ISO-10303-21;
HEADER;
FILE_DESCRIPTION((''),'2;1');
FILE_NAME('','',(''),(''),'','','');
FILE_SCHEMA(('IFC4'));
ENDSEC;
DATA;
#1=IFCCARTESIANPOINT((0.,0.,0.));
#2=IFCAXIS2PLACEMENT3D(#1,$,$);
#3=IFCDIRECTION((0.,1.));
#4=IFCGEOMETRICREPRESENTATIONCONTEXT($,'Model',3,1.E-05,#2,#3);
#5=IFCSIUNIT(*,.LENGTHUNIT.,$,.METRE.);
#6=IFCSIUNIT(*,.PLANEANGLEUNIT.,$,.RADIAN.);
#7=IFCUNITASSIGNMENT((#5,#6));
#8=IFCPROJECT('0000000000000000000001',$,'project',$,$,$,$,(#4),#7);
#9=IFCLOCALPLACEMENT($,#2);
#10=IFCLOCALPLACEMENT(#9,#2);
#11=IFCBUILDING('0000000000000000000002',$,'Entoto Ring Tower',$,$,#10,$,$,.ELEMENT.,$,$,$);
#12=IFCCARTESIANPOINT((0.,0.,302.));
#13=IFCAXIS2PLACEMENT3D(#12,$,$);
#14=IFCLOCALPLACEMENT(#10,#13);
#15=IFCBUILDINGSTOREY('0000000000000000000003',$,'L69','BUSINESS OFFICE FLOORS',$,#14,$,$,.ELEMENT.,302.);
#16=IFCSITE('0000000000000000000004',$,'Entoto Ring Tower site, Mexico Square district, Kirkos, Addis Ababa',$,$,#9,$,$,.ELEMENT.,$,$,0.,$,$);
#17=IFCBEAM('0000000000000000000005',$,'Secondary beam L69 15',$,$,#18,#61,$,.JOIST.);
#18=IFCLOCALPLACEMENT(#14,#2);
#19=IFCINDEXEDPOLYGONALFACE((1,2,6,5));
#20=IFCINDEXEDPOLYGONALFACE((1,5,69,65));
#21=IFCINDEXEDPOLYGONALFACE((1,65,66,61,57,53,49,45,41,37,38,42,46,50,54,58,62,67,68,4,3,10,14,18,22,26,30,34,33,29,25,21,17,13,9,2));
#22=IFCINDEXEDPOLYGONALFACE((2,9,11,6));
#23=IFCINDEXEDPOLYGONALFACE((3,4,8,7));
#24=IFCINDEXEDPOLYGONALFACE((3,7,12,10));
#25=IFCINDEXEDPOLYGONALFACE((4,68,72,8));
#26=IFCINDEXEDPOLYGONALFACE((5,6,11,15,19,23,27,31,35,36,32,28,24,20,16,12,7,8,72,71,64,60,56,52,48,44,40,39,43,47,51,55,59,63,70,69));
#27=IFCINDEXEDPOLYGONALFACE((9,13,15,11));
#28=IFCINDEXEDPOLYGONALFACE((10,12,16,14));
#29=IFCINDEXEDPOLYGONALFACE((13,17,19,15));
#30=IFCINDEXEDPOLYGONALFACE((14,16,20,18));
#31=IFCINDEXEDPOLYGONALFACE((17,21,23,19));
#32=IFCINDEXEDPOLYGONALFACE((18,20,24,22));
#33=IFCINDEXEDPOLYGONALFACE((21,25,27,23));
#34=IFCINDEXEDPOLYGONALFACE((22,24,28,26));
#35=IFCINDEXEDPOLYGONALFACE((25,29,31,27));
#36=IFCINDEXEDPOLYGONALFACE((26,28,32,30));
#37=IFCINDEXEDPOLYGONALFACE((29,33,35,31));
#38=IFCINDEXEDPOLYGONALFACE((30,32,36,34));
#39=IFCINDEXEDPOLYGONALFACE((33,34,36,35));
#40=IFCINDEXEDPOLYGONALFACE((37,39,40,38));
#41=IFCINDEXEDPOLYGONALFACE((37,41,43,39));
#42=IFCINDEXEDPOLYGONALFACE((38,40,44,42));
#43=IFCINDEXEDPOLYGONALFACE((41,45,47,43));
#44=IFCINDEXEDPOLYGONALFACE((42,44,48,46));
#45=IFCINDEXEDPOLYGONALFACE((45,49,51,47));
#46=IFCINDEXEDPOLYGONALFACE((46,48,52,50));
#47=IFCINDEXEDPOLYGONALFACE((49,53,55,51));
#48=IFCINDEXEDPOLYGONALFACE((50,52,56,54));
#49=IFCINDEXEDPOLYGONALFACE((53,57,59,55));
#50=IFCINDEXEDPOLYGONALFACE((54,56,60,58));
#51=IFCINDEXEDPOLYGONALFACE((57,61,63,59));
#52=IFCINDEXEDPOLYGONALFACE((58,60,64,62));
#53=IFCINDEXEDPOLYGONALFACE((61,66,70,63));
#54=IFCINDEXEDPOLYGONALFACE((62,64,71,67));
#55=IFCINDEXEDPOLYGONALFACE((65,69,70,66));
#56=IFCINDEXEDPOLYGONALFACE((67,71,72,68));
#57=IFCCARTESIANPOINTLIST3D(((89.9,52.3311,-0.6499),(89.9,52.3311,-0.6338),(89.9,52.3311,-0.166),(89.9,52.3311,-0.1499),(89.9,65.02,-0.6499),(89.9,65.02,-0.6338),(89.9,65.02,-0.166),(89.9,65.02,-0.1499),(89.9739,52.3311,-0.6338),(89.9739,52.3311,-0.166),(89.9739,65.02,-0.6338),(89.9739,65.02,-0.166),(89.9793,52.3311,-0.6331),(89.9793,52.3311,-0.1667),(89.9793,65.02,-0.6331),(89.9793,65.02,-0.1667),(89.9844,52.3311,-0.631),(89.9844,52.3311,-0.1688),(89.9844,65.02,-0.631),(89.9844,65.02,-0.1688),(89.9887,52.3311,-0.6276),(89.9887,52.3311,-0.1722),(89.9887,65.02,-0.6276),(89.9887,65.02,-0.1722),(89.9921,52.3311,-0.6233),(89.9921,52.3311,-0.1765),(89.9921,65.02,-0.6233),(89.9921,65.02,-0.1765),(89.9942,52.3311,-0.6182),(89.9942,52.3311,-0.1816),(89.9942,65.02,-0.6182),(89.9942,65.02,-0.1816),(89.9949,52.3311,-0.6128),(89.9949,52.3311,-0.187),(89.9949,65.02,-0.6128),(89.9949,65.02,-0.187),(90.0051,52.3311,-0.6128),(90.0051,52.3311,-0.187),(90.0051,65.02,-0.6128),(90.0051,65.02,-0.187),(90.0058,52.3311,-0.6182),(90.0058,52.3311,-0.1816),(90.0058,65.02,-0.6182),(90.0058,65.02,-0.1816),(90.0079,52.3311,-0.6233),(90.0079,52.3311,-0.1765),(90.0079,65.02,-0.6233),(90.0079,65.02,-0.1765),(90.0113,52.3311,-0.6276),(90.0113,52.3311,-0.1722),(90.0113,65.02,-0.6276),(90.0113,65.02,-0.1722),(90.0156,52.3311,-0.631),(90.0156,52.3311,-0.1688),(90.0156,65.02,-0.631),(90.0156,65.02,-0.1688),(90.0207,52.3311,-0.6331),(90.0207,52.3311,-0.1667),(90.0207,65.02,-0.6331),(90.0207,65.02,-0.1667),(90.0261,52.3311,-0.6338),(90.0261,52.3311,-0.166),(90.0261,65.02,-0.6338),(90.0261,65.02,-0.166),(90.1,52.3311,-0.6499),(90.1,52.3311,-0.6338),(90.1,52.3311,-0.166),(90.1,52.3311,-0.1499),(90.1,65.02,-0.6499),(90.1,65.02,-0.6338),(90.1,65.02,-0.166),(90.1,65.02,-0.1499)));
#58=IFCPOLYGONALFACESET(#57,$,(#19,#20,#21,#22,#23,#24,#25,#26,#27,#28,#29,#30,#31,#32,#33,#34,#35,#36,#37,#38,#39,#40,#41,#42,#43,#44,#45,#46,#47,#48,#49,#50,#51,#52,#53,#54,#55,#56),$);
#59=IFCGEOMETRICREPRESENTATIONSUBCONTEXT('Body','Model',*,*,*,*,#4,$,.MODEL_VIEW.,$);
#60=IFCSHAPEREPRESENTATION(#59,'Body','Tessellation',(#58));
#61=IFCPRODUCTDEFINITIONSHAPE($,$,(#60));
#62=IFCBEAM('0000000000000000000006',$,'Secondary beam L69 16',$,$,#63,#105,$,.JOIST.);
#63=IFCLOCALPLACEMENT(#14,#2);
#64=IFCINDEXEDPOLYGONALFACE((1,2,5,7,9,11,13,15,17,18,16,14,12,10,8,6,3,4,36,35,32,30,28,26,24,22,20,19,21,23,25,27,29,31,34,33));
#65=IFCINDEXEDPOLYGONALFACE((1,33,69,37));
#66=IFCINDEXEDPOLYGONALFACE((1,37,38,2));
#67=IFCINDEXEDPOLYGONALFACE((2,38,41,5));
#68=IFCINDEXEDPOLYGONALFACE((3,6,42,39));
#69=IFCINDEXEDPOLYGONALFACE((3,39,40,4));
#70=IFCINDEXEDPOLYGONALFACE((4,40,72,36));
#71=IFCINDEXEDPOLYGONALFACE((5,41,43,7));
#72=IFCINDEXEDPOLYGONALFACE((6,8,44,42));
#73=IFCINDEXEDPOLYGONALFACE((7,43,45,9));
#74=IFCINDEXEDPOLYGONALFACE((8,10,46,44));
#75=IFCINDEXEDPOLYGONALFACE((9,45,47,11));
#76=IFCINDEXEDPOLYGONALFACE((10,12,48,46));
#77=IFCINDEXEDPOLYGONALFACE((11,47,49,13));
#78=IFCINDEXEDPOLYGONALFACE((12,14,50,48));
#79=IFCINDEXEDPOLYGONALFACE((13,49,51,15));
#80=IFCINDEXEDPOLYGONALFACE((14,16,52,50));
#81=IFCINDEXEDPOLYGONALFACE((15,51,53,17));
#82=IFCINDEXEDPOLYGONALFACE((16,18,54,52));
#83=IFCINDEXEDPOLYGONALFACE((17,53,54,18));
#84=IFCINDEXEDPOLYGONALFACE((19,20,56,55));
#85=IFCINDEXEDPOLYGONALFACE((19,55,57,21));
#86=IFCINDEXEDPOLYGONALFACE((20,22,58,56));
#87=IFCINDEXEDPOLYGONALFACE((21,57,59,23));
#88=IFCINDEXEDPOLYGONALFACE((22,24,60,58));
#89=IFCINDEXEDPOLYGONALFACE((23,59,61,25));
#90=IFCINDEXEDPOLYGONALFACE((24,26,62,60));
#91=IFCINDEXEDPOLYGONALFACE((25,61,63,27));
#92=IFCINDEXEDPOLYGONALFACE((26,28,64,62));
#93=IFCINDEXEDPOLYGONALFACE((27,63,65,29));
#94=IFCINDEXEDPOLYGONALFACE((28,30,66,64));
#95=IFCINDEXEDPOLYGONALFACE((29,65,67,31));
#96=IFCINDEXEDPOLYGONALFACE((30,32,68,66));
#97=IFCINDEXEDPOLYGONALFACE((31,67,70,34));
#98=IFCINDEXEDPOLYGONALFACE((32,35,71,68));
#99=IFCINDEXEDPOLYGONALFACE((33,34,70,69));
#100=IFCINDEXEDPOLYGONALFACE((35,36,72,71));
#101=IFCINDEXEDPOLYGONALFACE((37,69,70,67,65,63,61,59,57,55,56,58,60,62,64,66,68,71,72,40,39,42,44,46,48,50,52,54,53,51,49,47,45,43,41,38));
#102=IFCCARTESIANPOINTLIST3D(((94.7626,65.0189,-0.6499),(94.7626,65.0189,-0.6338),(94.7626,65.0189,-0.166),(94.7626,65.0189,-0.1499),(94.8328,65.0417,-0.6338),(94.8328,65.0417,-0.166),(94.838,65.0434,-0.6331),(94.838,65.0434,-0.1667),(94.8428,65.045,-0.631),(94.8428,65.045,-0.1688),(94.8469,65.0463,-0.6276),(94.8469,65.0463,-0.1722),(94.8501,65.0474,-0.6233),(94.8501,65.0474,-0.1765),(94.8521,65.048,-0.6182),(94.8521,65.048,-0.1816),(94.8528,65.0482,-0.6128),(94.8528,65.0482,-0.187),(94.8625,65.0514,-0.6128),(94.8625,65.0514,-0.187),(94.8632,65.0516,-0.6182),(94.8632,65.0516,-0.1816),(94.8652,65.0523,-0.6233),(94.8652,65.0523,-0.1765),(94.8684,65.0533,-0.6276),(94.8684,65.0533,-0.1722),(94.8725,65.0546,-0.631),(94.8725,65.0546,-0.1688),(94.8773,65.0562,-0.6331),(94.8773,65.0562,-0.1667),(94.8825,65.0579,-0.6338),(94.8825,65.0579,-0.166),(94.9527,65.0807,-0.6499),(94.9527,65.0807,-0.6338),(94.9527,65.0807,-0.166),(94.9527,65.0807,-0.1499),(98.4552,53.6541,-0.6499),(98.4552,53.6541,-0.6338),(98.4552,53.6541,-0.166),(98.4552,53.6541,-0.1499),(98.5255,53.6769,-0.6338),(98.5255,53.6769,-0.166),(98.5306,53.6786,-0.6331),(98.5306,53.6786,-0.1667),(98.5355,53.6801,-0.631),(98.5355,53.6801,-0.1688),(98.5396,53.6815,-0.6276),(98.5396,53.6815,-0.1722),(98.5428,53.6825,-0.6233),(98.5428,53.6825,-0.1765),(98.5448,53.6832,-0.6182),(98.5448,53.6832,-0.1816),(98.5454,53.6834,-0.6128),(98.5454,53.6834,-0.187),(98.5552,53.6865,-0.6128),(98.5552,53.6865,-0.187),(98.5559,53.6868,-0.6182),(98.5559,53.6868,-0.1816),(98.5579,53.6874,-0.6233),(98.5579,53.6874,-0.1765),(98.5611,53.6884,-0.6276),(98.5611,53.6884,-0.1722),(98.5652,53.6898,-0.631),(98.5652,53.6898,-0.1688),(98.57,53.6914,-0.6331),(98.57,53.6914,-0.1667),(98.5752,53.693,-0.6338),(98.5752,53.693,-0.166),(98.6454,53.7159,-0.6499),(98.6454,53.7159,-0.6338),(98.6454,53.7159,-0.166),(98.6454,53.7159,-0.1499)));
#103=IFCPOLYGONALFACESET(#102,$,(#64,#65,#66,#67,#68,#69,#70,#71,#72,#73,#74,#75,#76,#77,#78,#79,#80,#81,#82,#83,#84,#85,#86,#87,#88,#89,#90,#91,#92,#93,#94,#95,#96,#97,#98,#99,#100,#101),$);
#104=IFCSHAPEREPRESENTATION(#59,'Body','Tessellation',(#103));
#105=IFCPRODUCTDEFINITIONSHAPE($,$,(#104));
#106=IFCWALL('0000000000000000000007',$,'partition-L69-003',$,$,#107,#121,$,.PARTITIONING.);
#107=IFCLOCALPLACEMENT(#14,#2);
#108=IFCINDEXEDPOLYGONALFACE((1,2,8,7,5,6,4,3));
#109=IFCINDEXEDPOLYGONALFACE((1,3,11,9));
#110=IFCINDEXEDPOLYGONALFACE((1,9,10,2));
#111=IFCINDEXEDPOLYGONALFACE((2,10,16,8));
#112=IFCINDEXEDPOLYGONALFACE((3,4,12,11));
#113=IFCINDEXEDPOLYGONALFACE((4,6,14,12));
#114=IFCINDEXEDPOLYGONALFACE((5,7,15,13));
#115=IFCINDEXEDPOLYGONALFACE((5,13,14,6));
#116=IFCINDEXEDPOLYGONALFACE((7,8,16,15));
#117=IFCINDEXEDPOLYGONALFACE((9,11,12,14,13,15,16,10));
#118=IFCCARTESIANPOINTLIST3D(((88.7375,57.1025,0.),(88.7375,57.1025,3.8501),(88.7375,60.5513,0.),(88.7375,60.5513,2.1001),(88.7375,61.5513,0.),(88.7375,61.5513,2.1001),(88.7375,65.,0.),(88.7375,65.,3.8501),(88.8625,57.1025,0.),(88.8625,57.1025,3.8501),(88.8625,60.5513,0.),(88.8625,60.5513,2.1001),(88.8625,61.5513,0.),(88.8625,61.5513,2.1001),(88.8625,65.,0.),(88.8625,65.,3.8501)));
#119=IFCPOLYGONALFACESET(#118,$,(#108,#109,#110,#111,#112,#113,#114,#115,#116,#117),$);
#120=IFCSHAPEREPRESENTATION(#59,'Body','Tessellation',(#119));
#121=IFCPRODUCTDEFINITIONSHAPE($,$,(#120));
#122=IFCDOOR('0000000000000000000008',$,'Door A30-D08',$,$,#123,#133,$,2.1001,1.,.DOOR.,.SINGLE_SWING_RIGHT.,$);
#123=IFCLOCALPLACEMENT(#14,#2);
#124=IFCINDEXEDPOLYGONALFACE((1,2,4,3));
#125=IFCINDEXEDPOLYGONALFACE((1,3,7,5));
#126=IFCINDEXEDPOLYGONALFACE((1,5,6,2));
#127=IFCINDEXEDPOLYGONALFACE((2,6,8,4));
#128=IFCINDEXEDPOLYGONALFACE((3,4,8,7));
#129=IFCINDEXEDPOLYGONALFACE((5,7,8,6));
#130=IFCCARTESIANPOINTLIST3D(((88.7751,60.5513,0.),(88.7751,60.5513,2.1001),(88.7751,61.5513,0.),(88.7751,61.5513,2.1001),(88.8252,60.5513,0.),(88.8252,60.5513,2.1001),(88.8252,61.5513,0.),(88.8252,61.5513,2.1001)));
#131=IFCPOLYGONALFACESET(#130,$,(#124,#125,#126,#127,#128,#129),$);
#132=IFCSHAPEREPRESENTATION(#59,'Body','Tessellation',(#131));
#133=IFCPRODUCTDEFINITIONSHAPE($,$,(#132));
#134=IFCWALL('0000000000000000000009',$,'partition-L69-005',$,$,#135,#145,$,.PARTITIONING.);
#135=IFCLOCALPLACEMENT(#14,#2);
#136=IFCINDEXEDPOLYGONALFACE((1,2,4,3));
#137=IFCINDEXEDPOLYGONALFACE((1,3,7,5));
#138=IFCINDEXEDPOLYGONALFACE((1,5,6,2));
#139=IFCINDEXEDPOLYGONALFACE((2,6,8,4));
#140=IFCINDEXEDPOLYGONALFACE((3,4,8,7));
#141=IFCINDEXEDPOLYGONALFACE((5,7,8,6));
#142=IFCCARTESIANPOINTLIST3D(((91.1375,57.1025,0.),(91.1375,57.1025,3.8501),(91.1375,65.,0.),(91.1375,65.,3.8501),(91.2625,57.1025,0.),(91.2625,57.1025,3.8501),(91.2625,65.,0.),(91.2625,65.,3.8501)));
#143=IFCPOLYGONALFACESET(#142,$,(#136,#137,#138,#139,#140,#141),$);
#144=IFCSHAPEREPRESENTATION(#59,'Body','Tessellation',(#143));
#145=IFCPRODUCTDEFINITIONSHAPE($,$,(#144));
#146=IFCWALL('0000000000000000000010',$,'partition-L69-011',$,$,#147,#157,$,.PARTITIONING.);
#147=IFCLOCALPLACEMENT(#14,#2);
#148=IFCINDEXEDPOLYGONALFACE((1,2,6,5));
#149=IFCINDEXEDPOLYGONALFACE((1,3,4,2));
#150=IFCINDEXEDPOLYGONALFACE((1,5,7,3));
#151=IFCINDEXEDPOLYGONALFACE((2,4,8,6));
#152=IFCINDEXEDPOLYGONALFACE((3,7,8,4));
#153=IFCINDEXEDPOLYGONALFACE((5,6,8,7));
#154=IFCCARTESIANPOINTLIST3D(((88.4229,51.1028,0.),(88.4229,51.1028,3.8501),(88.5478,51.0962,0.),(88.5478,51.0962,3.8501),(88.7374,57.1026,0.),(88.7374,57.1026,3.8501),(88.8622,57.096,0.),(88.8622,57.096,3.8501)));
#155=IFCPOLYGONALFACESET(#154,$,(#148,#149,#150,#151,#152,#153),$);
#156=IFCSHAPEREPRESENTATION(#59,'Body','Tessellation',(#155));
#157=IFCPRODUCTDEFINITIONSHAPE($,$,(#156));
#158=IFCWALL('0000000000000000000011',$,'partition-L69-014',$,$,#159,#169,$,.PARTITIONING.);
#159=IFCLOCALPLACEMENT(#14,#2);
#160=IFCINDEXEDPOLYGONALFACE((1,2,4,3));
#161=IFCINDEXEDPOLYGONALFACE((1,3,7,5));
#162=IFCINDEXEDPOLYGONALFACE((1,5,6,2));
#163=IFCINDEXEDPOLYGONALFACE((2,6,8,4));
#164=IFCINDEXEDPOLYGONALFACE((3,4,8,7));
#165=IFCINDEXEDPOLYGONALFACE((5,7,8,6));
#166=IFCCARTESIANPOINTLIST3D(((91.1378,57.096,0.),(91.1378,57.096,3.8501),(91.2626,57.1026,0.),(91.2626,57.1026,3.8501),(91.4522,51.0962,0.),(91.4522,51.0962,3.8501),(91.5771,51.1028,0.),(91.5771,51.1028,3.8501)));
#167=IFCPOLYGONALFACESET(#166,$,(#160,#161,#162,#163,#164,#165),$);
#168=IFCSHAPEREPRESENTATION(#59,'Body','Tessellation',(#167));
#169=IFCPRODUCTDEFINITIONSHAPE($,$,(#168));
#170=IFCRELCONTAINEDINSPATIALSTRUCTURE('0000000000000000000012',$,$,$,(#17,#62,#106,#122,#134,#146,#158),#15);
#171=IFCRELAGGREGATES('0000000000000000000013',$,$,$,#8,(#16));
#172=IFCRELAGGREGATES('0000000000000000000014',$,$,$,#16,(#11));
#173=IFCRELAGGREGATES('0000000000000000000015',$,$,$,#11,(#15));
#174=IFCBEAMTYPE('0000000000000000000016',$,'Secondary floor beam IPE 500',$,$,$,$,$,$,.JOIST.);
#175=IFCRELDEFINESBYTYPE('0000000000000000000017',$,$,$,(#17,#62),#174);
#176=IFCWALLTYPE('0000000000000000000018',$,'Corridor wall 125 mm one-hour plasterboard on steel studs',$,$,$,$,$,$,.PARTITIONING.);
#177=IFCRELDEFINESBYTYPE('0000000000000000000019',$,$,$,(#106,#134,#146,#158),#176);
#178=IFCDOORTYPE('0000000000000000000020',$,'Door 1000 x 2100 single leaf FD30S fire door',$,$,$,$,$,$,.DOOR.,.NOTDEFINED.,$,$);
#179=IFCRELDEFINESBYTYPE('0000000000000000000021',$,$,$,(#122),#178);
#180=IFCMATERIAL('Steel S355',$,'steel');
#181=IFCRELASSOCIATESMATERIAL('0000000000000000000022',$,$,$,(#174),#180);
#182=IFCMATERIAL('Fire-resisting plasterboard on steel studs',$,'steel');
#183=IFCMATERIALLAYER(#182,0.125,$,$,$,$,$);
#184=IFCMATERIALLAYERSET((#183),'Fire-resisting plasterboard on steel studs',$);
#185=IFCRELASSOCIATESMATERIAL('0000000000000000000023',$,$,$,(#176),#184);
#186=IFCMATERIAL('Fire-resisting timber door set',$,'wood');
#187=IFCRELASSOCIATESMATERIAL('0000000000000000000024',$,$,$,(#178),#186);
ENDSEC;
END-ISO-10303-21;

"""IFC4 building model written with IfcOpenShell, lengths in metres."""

from ifc_helpers import new_model, si_unit, direction, frame, frame_2d, origin, origin_2d, place, context, subcontext, project, spatial, rectangle, i_section, extrude, material, layer, layer_set, material_profile, profile_set, type_object, element, fill, save


model = new_model("IFC4")

# Units and contexts
model_context = context("Model", 3, precision=1e-05, world=origin(), true_north=direction((0.0, 1.0)))
body_context = subcontext(model_context, "Body", "Model", "MODEL_VIEW")
ifc_project = project(units=[si_unit("LENGTHUNIT", "METRE"), si_unit("PLANEANGLEUNIT", "RADIAN")], contexts=[model_context])

# Site, building, storey
site_placement = place(None, origin())
site = spatial("IfcSite", under=ifc_project, at=site_placement, Name="Entoto Ring Tower site, Mexico Square district, Kirkos, Addis Ababa", CompositionType="ELEMENT", RefElevation=0.0)
building_placement = place(site_placement, origin())
building = spatial("IfcBuilding", under=site, at=building_placement, Name="Entoto Ring Tower", CompositionType="ELEMENT")
storey_placement = place(building_placement, frame((0.0, 0.0, 302.0)))
storey = spatial("IfcBuildingStorey", under=building, at=storey_placement, Name="L69", Description="BUSINESS OFFICE FLOORS", CompositionType="ELEMENT", Elevation=302.0)

# Beams
ifc_material_1 = material(Name="Steel S355", Category="steel")
ifc_material_profile_1 = material_profile(ifc_material_1, i_section(OverallWidth=0.2, OverallDepth=0.5, WebThickness=0.0103, FlangeThickness=0.0161, FilletRadius=0.021, at=origin_2d()), Name="IPE 500")
ifc_profile_set_1 = profile_set([ifc_material_profile_1], Name="Steel S355")
beam_type_1 = type_object("IfcBeamType", Name="Secondary floor beam IPE 500", PredefinedType="JOIST", material=ifc_profile_set_1)
beam_1_placement = place(storey_placement, frame((90.0, 65.02, -0.3999), z_axis=(0.0, -1.0, 0.0), x_axis=(1.0, 0.0, 0.0)))
element("IfcBeam", 1, at=beam_1_placement, inside=storey, type_object=beam_type_1, Name="Secondary beam L69 15", PredefinedType="JOIST", context=body_context, shape_type="SweptSolid", body=[
    extrude(i_section(OverallWidth=0.2, OverallDepth=0.5, WebThickness=0.0103, FlangeThickness=0.0161, FilletRadius=0.021, at=origin_2d()), origin(), (0.0, 0.0, 1.0), 12.689),
])
beam_2_placement = place(storey_placement, frame((94.8577, 65.0498, -0.3999), z_axis=(0.309017, -0.951057, 0.0), x_axis=(0.951057, 0.309017, 0.0)))
element("IfcBeam", 2, at=beam_2_placement, inside=storey, type_object=beam_type_1, Name="Secondary beam L69 16", PredefinedType="JOIST", context=body_context, shape_type="SweptSolid", body=[
    extrude(i_section(OverallWidth=0.2, OverallDepth=0.5, WebThickness=0.0103, FlangeThickness=0.0161, FilletRadius=0.021, at=origin_2d()), origin(), (0.0, 0.0, 1.0), 11.9497),
])

# Wall, opening, door
ifc_material_2 = material(Name="Fire-resisting plasterboard on steel studs", Category="steel")
ifc_layer = layer(ifc_material_2, 0.125)
ifc_layer_set = layer_set([ifc_layer], Name="Fire-resisting plasterboard on steel studs")
wall_type = type_object("IfcWallType", Name="Corridor wall 125 mm one-hour plasterboard on steel studs", PredefinedType="PARTITIONING", material=ifc_layer_set)
wall_1_placement = place(storey_placement, frame((88.8, 57.1025, 0.0), z_axis=(0.0, 0.0, 1.0), x_axis=(0.0, 1.0, 0.0)))
wall_1 = element("IfcWall", 3, at=wall_1_placement, inside=storey, type_object=wall_type, Name="partition-L69-003", PredefinedType="PARTITIONING", context=body_context, shape_type="SweptSolid", body=[
    extrude(rectangle(XDim=7.8975, YDim=0.125, at=frame_2d((3.9487, 0.0))), origin(), (0.0, 0.0, 1.0), 3.8501),
])
opening_placement = place(wall_1_placement, frame((3.4487, 0.0, 0.0)))
opening = element("IfcOpeningElement", 4, at=opening_placement, cuts=wall_1, PredefinedType="OPENING", context=body_context, shape_type="SweptSolid", body=[
    extrude(rectangle(XDim=1.0, YDim=2.1001, at=frame_2d((0.5, 1.05))), frame((0.0, 0.0725, 0.0), z_axis=(0.0, -1.0, 0.0), x_axis=(1.0, 0.0, 0.0)), (0.0, 0.0, 1.0), 0.145),
])
ifc_material_3 = material(Name="Fire-resisting timber door set", Category="wood")
door_type = type_object("IfcDoorType", Name="Door 1000 x 2100 single leaf FD30S fire door", OperationType="NOTDEFINED", PredefinedType="DOOR", material=ifc_material_3)
door_placement = place(opening_placement, origin())
door = element("IfcDoor", 5, at=door_placement, inside=storey, type_object=door_type, Name="Door A30-D08", OperationType="SINGLE_SWING_RIGHT", OverallHeight=2.1001, OverallWidth=1.0, PredefinedType="DOOR", context=body_context, shape_type="SweptSolid", body=[
    extrude(rectangle(XDim=1.0, YDim=2.1001, at=frame_2d((0.5, 1.05))), frame((0.0, 0.0249, 0.0), z_axis=(0.0, -1.0, 0.0), x_axis=(1.0, 0.0, 0.0)), (0.0, 0.0, 1.0), 0.05),
])
fill(opening, door)

# Walls
wall_2_placement = place(storey_placement, frame((91.2, 57.1025, 0.0), z_axis=(0.0, 0.0, 1.0), x_axis=(0.0, 1.0, 0.0)))
element("IfcWall", 6, at=wall_2_placement, inside=storey, type_object=wall_type, Name="partition-L69-005", PredefinedType="PARTITIONING", context=body_context, shape_type="SweptSolid", body=[
    extrude(rectangle(XDim=7.8975, YDim=0.125, at=frame_2d((3.9487, 0.0))), origin(), (0.0, 0.0, 1.0), 3.8501),
])
for number, where, z_axis, x_axis, name in (
    (7, (88.4854, 51.0996, 0.0), (0.0, 0.0, 1.0), (0.052339, 0.998629, 0.0), "partition-L69-011"),
    (8, (91.5146, 51.0996, 0.0), (0.0, 0.0, 1.0), (-0.052339, 0.998629, 0.0), "partition-L69-014"),
):
    element("IfcWall", number, at=place(storey_placement, frame(where, z_axis=z_axis, x_axis=x_axis)), inside=storey, type_object=wall_type, Name=name, PredefinedType="PARTITIONING", context=body_context, shape_type="SweptSolid", body=[
        extrude(rectangle(XDim=6.0081, YDim=0.125, at=frame_2d((3.0039, 0.0))), origin(), (0.0, 0.0, 1.0), 3.8501),
    ])

save(model, "model.ifc")
